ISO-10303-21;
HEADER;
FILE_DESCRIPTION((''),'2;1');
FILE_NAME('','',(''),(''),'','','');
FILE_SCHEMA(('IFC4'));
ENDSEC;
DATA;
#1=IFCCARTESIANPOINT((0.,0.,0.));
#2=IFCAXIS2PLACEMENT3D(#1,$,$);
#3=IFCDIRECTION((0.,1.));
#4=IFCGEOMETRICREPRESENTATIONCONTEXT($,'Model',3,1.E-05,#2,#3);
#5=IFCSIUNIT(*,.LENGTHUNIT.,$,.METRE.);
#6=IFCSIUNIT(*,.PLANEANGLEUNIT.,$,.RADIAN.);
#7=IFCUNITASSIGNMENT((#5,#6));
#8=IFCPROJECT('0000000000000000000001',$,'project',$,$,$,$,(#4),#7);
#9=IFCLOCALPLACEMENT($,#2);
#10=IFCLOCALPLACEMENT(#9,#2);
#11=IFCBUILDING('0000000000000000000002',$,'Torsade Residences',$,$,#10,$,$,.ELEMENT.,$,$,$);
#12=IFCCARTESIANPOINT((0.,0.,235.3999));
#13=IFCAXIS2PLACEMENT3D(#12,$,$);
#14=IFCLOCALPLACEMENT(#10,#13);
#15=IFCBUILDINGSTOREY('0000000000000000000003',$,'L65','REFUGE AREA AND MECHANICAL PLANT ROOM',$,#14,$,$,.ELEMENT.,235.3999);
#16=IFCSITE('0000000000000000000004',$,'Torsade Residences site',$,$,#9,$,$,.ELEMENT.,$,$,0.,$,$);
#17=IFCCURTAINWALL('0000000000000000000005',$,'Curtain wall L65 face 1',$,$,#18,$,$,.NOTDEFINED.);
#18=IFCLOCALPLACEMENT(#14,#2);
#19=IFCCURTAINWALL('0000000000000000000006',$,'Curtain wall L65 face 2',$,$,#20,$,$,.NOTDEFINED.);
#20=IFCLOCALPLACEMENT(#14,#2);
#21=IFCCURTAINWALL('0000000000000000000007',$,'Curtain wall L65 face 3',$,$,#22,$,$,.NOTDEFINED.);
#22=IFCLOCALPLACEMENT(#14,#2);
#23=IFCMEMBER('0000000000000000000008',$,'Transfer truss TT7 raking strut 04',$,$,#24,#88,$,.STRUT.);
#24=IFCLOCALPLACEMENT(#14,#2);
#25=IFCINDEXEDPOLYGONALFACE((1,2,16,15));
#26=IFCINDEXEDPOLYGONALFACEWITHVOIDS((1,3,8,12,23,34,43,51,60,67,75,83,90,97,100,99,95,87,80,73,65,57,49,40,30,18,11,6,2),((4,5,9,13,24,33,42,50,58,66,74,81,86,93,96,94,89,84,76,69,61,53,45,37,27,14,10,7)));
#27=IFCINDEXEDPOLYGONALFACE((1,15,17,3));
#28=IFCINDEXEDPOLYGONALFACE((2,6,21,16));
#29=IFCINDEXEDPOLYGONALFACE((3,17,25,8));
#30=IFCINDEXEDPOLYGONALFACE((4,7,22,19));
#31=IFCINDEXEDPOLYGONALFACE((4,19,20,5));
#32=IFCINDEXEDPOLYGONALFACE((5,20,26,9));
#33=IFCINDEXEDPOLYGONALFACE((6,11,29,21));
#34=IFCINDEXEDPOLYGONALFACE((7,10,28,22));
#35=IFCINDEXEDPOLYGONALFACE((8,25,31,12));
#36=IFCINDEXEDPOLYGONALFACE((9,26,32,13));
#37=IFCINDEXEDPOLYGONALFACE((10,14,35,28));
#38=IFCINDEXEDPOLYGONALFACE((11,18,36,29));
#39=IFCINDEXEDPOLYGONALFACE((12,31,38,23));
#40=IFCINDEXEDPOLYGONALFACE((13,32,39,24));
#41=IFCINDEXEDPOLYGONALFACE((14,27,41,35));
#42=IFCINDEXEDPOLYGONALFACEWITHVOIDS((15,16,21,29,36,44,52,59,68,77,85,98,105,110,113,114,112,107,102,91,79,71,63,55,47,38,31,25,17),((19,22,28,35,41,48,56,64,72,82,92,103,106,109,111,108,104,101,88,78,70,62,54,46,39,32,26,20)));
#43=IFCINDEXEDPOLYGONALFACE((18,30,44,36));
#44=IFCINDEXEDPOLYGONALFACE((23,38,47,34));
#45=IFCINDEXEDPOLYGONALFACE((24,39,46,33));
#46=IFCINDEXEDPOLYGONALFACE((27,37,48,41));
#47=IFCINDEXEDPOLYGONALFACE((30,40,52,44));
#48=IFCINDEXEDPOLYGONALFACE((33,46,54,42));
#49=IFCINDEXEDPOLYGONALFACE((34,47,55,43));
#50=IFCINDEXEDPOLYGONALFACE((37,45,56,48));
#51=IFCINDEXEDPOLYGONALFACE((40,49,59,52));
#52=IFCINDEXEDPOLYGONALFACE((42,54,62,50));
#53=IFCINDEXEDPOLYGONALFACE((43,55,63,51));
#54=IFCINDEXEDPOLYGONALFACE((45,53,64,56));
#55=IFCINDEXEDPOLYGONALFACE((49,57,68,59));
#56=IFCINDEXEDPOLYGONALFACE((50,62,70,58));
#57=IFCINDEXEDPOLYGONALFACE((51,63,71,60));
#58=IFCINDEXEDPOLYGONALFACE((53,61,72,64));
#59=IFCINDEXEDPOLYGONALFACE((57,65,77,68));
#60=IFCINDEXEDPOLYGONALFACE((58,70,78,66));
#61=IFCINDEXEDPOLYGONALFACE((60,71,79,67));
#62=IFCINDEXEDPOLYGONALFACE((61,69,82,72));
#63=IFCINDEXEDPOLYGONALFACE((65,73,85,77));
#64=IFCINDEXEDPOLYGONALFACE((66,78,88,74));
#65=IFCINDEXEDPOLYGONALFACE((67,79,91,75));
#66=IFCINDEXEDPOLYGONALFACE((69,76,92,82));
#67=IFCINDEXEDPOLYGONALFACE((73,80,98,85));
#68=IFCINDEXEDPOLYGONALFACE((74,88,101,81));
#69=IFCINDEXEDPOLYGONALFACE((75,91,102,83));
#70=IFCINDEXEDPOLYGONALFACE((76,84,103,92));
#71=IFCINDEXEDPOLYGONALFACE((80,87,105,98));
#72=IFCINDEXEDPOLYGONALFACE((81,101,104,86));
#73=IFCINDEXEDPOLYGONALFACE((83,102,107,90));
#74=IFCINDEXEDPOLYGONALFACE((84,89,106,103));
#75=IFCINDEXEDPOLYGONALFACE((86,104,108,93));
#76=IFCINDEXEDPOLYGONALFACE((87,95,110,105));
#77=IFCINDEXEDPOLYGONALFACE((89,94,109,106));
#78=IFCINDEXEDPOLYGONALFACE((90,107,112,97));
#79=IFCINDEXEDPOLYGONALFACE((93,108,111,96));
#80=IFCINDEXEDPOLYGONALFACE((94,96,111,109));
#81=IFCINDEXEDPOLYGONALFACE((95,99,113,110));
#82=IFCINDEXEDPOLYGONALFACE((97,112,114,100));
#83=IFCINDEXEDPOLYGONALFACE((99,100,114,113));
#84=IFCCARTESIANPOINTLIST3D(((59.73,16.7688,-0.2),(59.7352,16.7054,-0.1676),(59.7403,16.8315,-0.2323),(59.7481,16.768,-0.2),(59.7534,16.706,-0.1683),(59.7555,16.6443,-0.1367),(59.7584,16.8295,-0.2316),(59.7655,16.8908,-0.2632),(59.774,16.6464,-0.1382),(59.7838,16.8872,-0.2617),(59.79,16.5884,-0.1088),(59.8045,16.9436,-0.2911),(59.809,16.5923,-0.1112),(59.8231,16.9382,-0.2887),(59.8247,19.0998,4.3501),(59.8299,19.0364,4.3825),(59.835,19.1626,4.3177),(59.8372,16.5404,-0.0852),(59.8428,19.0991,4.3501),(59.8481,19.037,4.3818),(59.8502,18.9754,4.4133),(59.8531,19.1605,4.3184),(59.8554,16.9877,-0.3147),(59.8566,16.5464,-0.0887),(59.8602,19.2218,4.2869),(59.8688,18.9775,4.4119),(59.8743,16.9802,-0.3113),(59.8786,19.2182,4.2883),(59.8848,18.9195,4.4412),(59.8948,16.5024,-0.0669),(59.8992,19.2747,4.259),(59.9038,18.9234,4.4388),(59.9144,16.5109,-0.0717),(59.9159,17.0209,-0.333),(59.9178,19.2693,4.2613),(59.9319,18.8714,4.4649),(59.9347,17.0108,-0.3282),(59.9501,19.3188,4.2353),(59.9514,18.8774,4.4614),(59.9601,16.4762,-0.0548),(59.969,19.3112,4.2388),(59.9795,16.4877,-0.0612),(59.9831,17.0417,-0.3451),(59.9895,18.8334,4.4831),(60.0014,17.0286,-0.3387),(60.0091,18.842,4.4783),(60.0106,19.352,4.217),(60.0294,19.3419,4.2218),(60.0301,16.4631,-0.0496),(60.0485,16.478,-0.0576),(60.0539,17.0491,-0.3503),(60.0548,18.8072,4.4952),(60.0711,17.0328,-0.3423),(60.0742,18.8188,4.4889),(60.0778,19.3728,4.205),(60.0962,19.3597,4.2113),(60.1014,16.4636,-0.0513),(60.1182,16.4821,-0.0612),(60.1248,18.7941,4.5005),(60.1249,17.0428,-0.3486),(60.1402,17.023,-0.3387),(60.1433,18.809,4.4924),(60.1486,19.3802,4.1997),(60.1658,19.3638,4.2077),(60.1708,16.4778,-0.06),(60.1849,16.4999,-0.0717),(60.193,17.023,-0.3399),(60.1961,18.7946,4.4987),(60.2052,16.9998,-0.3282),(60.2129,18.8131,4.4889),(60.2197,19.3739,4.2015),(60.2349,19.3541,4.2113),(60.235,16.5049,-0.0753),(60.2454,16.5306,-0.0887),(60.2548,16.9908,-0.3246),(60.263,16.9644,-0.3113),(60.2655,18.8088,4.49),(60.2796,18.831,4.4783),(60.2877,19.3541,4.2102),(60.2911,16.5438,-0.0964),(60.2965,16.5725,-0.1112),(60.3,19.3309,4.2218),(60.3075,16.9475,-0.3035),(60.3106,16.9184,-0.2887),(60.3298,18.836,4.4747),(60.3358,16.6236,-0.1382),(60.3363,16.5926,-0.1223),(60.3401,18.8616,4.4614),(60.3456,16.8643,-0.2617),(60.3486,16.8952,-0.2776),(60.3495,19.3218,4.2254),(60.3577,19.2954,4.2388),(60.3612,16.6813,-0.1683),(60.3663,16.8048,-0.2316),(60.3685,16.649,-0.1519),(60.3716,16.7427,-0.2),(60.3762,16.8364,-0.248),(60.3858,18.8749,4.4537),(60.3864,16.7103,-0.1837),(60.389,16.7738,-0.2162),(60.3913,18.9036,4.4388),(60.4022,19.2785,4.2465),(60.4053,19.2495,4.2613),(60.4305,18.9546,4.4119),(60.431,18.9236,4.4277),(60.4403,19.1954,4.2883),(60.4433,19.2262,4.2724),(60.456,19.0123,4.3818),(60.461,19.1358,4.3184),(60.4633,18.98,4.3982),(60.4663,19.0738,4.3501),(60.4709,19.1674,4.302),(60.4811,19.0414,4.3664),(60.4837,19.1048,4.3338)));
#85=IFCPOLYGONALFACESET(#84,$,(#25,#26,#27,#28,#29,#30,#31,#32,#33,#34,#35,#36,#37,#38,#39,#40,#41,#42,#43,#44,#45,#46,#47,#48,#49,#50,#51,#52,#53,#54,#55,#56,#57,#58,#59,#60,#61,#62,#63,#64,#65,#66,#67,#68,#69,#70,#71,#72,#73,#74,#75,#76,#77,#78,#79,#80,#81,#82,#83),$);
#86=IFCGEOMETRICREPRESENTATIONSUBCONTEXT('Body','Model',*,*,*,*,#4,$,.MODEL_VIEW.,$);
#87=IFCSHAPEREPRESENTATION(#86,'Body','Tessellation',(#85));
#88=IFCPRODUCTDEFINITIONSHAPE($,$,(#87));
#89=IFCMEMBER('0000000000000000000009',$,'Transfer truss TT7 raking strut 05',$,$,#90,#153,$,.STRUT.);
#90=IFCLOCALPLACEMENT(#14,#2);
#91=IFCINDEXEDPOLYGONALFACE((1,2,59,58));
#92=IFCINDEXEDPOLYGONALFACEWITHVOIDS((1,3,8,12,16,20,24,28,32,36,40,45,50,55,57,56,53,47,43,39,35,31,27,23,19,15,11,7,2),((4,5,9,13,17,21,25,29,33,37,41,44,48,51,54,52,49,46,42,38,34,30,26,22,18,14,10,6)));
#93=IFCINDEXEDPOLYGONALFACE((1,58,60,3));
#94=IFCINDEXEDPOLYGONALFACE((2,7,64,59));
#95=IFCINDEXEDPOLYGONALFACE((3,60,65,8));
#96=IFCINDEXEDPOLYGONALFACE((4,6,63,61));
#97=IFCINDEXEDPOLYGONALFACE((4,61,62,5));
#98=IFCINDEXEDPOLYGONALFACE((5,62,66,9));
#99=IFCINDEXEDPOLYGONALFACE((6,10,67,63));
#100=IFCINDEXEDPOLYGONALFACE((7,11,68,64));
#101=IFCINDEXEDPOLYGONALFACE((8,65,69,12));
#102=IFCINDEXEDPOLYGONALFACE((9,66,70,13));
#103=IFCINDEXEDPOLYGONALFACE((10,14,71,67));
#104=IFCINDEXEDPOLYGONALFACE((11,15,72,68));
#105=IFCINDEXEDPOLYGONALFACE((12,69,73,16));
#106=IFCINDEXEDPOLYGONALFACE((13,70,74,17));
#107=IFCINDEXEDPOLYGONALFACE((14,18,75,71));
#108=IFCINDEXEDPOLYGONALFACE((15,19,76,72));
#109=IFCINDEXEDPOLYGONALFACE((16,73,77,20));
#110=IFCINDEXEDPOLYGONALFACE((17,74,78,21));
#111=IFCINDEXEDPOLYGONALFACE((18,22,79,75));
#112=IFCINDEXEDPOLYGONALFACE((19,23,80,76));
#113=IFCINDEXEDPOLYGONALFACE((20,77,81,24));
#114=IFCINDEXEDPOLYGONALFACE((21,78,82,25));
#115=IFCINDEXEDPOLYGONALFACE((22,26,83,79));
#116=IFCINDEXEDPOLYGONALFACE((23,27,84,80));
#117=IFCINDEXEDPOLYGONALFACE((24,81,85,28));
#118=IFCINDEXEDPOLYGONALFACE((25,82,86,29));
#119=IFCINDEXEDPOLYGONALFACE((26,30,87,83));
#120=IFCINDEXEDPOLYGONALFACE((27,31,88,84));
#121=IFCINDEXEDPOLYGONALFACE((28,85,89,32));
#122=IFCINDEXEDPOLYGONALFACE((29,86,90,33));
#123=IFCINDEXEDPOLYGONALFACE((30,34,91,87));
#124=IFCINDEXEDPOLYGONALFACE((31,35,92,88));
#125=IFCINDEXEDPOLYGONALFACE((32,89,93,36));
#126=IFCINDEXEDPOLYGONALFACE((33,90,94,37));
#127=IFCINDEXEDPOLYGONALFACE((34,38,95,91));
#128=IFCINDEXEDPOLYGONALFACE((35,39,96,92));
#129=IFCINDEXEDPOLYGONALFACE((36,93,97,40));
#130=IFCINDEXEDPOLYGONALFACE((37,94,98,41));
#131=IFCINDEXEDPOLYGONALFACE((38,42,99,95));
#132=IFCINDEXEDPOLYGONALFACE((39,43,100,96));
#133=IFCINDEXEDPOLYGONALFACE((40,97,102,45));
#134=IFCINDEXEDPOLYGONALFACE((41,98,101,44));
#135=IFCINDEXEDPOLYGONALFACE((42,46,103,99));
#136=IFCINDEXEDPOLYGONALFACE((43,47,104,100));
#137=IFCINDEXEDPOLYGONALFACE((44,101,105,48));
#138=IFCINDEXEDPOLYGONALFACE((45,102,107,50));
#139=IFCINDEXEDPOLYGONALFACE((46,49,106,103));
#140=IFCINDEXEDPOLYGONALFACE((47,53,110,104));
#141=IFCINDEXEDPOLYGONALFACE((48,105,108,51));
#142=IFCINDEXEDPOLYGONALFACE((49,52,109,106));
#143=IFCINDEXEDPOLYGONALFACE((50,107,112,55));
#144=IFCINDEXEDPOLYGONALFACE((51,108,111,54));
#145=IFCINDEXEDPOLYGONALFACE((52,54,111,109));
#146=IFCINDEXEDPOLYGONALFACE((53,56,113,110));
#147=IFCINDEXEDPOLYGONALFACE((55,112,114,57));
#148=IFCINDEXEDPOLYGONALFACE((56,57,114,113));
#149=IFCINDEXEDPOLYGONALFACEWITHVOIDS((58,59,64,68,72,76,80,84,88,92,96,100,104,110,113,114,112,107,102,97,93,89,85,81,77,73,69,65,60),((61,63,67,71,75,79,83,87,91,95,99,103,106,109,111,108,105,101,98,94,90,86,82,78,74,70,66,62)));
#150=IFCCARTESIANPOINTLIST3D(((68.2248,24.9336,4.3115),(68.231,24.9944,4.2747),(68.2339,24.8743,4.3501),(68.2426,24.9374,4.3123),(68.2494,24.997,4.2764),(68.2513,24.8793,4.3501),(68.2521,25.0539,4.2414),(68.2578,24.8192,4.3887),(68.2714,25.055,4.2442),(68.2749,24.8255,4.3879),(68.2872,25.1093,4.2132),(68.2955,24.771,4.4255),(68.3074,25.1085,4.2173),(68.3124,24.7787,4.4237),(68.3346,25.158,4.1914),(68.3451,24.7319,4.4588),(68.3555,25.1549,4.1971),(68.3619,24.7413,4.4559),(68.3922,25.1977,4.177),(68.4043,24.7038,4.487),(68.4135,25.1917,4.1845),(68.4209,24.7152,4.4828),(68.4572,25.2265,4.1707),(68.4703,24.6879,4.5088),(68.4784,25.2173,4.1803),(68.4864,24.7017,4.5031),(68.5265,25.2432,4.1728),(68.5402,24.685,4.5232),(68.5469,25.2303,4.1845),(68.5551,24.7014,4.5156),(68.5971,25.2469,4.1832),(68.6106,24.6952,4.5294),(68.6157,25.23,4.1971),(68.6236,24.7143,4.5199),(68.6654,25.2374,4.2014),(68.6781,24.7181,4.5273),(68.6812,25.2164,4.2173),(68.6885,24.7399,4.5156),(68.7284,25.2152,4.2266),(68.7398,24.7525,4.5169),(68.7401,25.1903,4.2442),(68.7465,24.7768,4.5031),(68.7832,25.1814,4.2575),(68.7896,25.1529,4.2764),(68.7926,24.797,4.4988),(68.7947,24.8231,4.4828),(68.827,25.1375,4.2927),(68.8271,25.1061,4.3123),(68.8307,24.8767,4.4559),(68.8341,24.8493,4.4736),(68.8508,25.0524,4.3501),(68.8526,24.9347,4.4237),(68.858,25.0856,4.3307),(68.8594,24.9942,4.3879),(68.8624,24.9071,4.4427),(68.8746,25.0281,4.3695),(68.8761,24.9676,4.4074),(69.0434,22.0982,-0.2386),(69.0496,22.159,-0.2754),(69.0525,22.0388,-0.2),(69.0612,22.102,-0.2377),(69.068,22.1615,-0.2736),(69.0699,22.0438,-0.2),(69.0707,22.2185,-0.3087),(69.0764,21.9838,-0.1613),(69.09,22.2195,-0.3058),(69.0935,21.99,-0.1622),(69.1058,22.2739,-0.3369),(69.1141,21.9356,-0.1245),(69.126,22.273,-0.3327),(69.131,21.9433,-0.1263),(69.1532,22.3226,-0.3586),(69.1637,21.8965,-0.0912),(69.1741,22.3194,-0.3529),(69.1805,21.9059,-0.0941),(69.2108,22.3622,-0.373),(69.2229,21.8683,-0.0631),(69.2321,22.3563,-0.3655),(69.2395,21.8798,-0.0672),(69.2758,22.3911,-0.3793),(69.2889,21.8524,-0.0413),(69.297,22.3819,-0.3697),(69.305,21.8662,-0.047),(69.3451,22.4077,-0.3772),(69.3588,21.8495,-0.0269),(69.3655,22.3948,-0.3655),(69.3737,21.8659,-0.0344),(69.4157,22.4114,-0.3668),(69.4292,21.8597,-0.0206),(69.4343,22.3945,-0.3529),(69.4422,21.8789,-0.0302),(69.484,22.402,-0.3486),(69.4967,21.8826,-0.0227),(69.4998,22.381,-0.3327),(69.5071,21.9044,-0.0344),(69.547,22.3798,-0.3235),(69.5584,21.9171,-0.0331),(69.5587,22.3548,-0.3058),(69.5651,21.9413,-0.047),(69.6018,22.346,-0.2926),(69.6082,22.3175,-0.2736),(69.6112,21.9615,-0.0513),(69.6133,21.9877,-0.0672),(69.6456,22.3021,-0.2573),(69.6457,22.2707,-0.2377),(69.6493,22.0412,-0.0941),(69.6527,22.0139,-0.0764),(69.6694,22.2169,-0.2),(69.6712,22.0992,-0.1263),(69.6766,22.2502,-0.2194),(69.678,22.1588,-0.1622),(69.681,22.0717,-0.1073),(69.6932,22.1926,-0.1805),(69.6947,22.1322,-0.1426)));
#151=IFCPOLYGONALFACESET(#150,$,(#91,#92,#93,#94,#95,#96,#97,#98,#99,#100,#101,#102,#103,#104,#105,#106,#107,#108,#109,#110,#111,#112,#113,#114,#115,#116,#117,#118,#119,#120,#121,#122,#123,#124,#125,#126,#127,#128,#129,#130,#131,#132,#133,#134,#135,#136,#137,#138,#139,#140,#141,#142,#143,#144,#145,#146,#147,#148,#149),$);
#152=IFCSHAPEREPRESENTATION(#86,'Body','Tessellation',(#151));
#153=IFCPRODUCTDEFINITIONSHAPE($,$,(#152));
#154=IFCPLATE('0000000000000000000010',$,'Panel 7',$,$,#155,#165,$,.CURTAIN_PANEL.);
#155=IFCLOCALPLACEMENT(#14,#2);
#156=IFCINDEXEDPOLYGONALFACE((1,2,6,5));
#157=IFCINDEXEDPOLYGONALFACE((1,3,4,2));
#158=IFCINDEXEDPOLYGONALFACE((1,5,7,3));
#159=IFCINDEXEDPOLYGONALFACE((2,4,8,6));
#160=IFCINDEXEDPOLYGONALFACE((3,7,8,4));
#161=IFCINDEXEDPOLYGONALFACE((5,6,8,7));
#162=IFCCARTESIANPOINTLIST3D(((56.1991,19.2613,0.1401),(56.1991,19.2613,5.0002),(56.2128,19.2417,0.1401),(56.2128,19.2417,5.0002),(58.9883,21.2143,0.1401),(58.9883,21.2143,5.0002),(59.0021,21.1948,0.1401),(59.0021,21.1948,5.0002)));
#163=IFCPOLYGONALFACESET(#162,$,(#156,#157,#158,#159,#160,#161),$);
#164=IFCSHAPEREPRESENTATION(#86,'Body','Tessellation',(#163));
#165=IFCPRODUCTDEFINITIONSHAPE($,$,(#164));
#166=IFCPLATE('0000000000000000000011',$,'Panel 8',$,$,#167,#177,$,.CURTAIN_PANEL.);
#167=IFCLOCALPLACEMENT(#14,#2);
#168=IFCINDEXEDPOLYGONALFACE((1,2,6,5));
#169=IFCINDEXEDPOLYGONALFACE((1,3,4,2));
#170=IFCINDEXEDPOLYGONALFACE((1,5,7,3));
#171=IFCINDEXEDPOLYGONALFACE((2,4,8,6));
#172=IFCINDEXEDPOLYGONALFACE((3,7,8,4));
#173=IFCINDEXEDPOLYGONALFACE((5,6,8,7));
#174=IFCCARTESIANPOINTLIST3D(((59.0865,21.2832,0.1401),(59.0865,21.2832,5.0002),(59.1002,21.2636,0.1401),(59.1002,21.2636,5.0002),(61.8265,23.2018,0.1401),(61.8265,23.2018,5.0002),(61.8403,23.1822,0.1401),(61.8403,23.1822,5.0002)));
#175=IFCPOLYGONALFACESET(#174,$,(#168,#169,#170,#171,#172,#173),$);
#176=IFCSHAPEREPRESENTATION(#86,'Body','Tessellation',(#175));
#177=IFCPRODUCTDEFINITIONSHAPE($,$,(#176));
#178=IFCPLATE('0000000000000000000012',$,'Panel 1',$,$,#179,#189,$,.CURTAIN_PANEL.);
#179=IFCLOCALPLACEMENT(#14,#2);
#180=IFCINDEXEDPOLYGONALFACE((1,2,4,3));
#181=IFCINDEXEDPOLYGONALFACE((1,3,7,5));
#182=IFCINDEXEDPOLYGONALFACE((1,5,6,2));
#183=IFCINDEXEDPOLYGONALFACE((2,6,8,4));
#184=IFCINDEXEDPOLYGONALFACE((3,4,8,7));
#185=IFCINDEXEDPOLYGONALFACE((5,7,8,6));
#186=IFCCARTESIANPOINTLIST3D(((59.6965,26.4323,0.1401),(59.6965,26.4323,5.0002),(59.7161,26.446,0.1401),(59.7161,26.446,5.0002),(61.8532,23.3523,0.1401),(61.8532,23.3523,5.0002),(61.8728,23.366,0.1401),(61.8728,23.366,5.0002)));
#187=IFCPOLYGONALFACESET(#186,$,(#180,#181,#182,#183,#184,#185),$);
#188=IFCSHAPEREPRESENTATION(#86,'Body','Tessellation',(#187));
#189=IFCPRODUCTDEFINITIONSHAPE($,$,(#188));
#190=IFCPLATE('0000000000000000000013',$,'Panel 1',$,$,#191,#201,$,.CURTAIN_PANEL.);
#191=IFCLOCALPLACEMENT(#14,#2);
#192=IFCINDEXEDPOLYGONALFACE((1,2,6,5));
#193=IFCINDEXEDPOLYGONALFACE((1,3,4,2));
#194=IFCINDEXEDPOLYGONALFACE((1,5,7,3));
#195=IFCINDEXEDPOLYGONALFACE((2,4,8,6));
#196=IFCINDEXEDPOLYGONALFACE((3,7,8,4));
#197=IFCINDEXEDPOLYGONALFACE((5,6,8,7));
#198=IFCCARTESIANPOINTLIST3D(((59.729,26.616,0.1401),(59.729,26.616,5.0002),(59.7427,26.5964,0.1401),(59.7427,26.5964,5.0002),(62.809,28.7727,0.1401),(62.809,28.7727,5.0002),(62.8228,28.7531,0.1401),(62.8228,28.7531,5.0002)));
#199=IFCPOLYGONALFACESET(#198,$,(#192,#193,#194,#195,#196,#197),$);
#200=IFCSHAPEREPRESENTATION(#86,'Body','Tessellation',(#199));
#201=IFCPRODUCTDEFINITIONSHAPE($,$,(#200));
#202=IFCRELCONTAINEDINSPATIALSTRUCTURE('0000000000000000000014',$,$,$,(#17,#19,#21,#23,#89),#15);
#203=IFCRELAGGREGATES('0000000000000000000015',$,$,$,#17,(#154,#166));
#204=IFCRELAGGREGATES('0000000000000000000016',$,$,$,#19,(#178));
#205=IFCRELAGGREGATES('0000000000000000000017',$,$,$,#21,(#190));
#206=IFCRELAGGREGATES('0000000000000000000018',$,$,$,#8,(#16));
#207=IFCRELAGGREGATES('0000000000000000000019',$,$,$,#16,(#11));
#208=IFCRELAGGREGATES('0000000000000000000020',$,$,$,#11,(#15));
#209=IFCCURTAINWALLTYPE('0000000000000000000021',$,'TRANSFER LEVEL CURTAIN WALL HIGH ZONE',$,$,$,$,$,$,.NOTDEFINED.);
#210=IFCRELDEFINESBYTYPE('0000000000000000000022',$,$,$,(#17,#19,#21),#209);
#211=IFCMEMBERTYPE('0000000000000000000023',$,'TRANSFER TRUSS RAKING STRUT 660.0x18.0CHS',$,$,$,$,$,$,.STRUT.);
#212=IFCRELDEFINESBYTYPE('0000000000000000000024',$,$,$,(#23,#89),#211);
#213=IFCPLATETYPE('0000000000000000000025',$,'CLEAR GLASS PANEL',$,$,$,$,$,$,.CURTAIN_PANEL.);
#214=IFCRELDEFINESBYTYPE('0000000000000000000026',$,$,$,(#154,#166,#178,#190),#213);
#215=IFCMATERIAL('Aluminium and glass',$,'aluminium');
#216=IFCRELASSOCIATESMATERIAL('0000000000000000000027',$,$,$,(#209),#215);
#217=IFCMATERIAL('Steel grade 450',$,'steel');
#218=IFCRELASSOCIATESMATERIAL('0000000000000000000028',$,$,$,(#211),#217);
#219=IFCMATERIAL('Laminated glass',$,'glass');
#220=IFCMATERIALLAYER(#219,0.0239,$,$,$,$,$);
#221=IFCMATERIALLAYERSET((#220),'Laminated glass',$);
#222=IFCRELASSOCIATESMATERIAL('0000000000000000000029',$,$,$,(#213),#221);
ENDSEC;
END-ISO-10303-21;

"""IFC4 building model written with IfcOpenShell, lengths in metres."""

from ifc_helpers import new_model, si_unit, direction, frame, origin, origin_2d, place, context, subcontext, project, spatial, rectangle, hollow_circle, extrude, material, layer, layer_set, material_profile, profile_set, type_object, element, aggregate, save


model = new_model("IFC4")

# Units and contexts
model_context = context("Model", 3, precision=1e-05, world=origin(), true_north=direction((0.0, 1.0)))
body_context = subcontext(model_context, "Body", "Model", "MODEL_VIEW")
ifc_project = project(units=[si_unit("LENGTHUNIT", "METRE"), si_unit("PLANEANGLEUNIT", "RADIAN")], contexts=[model_context])

# Site, building, storey
site_placement = place(None, origin())
site = spatial("IfcSite", under=ifc_project, at=site_placement, Name="Torsade Residences site", CompositionType="ELEMENT", RefElevation=0.0)
building_placement = place(site_placement, origin())
building = spatial("IfcBuilding", under=site, at=building_placement, Name="Torsade Residences", CompositionType="ELEMENT")
storey_placement = place(building_placement, frame((0.0, 0.0, 235.3999)))
storey = spatial("IfcBuildingStorey", under=building, at=storey_placement, Name="L65", Description="REFUGE AREA AND MECHANICAL PLANT ROOM", CompositionType="ELEMENT", Elevation=235.3999)

# Curtain walls
ifc_material_1 = material(Name="Aluminium and glass", Category="aluminium")
curtain_wall_type = type_object("IfcCurtainWallType", Name="TRANSFER LEVEL CURTAIN WALL HIGH ZONE", PredefinedType="NOTDEFINED", material=ifc_material_1)
curtain_wall_1_placement = place(storey_placement, origin())
curtain_wall_1 = element("IfcCurtainWall", 1, at=curtain_wall_1_placement, inside=storey, type_object=curtain_wall_type, Name="Curtain wall L65 face 1", PredefinedType="NOTDEFINED")
curtain_wall_2_placement = place(storey_placement, origin())
curtain_wall_2 = element("IfcCurtainWall", 2, at=curtain_wall_2_placement, inside=storey, type_object=curtain_wall_type, Name="Curtain wall L65 face 2", PredefinedType="NOTDEFINED")

# Curtain wall
curtain_wall_3_placement = place(storey_placement, origin())
curtain_wall_3 = element("IfcCurtainWall", 3, at=curtain_wall_3_placement, inside=storey, type_object=curtain_wall_type, Name="Curtain wall L65 face 3", PredefinedType="NOTDEFINED")

# Members
ifc_material_2 = material(Name="Steel grade 450", Category="steel")
ifc_material_profile_1 = material_profile(ifc_material_2, hollow_circle(Radius=0.3301, WallThickness=0.0181, at=origin_2d()), Name="660.0x18.0CHS")
ifc_profile_set_1 = profile_set([ifc_material_profile_1], Name="Steel grade 450")
member_type_1 = type_object("IfcMemberType", Name="TRANSFER TRUSS RAKING STRUT 660.0x18.0CHS", PredefinedType="STRUT", material=ifc_profile_set_1)
member_1_placement = place(storey_placement, frame((60.0598, 16.7554, -0.2), z_axis=(0.018526, 0.455882, 0.889848), x_axis=(-0.999175, 0.040603, 0.0)))
element("IfcMember", 4, at=member_1_placement, inside=storey, type_object=member_type_1, Name="Transfer truss TT7 raking strut 04", PredefinedType="STRUT", context=body_context, shape_type="SweptSolid", body=[
    extrude(hollow_circle(Radius=0.3301, WallThickness=0.0181, at=origin_2d()), origin(), (0.0, 0.0, 1.0), 5.1133),
])
member_2_placement = place(storey_placement, frame((69.3696, 22.1304, -0.2), z_axis=(-0.15094, 0.522822, 0.838972), x_axis=(-0.960762, -0.277375, 0.0)))
element("IfcMember", 5, at=member_2_placement, inside=storey, type_object=member_type_1, Name="Transfer truss TT7 raking strut 05", PredefinedType="STRUT", context=body_context, shape_type="SweptSolid", body=[
    extrude(hollow_circle(Radius=0.3301, WallThickness=0.0181, at=origin_2d()), origin(), (0.0, 0.0, 1.0), 5.4233),
])

# Plates
ifc_material_3 = material(Name="Laminated glass", Category="glass")
ifc_layer = layer(ifc_material_3, 0.0239)
ifc_layer_set = layer_set([ifc_layer], Name="Laminated glass")
plate_type = type_object("IfcPlateType", Name="CLEAR GLASS PANEL", PredefinedType="CURTAIN_PANEL", material=ifc_layer_set)
plate_1_placement = place(storey_placement, frame((57.6006, 20.228, 0.1401), z_axis=(0.0, 0.0, 1.0), x_axis=(0.819152, 0.573576, 0.0)))
plate_1 = element("IfcPlate", 6, at=plate_1_placement, type_object=plate_type, Name="Panel 7", PredefinedType="CURTAIN_PANEL", context=body_context, shape_type="SweptSolid", body=[
    extrude(rectangle(XDim=3.405, YDim=0.0239, at=origin_2d()), origin(), (0.0, 0.0, 1.0), 4.8601),
])
plate_2_placement = place(storey_placement, frame((60.4634, 22.2327, 0.1401), z_axis=(0.0, 0.0, 1.0), x_axis=(0.819152, 0.573576, 0.0)))
plate_2 = element("IfcPlate", 7, at=plate_2_placement, type_object=plate_type, Name="Panel 8", PredefinedType="CURTAIN_PANEL", context=body_context, shape_type="SweptSolid", body=[
    extrude(rectangle(XDim=3.345, YDim=0.0239, at=origin_2d()), origin(), (0.0, 0.0, 1.0), 4.8601),
])
aggregate(curtain_wall_1, [plate_1, plate_2])
plate_3_placement = place(storey_placement, frame((60.7847, 24.8992, 0.1401), z_axis=(0.0, 0.0, 1.0), x_axis=(-0.573576, 0.819152, 0.0)))
plate_3 = element("IfcPlate", 8, at=plate_3_placement, type_object=plate_type, Name="Panel 1", PredefinedType="CURTAIN_PANEL", context=body_context, shape_type="SweptSolid", body=[
    extrude(rectangle(XDim=3.76, YDim=0.0239, at=origin_2d()), origin(), (0.0, 0.0, 1.0), 4.8601),
])
aggregate(curtain_wall_2, [plate_3])
plate_4_placement = place(storey_placement, frame((61.2759, 27.6846, 0.1401), z_axis=(0.0, 0.0, 1.0), x_axis=(0.819152, 0.573576, 0.0)))
plate_4 = element("IfcPlate", 9, at=plate_4_placement, type_object=plate_type, Name="Panel 1", PredefinedType="CURTAIN_PANEL", context=body_context, shape_type="SweptSolid", body=[
    extrude(rectangle(XDim=3.76, YDim=0.0239, at=origin_2d()), origin(), (0.0, 0.0, 1.0), 4.8601),
])
aggregate(curtain_wall_3, [plate_4])

save(model, "model.ifc")
